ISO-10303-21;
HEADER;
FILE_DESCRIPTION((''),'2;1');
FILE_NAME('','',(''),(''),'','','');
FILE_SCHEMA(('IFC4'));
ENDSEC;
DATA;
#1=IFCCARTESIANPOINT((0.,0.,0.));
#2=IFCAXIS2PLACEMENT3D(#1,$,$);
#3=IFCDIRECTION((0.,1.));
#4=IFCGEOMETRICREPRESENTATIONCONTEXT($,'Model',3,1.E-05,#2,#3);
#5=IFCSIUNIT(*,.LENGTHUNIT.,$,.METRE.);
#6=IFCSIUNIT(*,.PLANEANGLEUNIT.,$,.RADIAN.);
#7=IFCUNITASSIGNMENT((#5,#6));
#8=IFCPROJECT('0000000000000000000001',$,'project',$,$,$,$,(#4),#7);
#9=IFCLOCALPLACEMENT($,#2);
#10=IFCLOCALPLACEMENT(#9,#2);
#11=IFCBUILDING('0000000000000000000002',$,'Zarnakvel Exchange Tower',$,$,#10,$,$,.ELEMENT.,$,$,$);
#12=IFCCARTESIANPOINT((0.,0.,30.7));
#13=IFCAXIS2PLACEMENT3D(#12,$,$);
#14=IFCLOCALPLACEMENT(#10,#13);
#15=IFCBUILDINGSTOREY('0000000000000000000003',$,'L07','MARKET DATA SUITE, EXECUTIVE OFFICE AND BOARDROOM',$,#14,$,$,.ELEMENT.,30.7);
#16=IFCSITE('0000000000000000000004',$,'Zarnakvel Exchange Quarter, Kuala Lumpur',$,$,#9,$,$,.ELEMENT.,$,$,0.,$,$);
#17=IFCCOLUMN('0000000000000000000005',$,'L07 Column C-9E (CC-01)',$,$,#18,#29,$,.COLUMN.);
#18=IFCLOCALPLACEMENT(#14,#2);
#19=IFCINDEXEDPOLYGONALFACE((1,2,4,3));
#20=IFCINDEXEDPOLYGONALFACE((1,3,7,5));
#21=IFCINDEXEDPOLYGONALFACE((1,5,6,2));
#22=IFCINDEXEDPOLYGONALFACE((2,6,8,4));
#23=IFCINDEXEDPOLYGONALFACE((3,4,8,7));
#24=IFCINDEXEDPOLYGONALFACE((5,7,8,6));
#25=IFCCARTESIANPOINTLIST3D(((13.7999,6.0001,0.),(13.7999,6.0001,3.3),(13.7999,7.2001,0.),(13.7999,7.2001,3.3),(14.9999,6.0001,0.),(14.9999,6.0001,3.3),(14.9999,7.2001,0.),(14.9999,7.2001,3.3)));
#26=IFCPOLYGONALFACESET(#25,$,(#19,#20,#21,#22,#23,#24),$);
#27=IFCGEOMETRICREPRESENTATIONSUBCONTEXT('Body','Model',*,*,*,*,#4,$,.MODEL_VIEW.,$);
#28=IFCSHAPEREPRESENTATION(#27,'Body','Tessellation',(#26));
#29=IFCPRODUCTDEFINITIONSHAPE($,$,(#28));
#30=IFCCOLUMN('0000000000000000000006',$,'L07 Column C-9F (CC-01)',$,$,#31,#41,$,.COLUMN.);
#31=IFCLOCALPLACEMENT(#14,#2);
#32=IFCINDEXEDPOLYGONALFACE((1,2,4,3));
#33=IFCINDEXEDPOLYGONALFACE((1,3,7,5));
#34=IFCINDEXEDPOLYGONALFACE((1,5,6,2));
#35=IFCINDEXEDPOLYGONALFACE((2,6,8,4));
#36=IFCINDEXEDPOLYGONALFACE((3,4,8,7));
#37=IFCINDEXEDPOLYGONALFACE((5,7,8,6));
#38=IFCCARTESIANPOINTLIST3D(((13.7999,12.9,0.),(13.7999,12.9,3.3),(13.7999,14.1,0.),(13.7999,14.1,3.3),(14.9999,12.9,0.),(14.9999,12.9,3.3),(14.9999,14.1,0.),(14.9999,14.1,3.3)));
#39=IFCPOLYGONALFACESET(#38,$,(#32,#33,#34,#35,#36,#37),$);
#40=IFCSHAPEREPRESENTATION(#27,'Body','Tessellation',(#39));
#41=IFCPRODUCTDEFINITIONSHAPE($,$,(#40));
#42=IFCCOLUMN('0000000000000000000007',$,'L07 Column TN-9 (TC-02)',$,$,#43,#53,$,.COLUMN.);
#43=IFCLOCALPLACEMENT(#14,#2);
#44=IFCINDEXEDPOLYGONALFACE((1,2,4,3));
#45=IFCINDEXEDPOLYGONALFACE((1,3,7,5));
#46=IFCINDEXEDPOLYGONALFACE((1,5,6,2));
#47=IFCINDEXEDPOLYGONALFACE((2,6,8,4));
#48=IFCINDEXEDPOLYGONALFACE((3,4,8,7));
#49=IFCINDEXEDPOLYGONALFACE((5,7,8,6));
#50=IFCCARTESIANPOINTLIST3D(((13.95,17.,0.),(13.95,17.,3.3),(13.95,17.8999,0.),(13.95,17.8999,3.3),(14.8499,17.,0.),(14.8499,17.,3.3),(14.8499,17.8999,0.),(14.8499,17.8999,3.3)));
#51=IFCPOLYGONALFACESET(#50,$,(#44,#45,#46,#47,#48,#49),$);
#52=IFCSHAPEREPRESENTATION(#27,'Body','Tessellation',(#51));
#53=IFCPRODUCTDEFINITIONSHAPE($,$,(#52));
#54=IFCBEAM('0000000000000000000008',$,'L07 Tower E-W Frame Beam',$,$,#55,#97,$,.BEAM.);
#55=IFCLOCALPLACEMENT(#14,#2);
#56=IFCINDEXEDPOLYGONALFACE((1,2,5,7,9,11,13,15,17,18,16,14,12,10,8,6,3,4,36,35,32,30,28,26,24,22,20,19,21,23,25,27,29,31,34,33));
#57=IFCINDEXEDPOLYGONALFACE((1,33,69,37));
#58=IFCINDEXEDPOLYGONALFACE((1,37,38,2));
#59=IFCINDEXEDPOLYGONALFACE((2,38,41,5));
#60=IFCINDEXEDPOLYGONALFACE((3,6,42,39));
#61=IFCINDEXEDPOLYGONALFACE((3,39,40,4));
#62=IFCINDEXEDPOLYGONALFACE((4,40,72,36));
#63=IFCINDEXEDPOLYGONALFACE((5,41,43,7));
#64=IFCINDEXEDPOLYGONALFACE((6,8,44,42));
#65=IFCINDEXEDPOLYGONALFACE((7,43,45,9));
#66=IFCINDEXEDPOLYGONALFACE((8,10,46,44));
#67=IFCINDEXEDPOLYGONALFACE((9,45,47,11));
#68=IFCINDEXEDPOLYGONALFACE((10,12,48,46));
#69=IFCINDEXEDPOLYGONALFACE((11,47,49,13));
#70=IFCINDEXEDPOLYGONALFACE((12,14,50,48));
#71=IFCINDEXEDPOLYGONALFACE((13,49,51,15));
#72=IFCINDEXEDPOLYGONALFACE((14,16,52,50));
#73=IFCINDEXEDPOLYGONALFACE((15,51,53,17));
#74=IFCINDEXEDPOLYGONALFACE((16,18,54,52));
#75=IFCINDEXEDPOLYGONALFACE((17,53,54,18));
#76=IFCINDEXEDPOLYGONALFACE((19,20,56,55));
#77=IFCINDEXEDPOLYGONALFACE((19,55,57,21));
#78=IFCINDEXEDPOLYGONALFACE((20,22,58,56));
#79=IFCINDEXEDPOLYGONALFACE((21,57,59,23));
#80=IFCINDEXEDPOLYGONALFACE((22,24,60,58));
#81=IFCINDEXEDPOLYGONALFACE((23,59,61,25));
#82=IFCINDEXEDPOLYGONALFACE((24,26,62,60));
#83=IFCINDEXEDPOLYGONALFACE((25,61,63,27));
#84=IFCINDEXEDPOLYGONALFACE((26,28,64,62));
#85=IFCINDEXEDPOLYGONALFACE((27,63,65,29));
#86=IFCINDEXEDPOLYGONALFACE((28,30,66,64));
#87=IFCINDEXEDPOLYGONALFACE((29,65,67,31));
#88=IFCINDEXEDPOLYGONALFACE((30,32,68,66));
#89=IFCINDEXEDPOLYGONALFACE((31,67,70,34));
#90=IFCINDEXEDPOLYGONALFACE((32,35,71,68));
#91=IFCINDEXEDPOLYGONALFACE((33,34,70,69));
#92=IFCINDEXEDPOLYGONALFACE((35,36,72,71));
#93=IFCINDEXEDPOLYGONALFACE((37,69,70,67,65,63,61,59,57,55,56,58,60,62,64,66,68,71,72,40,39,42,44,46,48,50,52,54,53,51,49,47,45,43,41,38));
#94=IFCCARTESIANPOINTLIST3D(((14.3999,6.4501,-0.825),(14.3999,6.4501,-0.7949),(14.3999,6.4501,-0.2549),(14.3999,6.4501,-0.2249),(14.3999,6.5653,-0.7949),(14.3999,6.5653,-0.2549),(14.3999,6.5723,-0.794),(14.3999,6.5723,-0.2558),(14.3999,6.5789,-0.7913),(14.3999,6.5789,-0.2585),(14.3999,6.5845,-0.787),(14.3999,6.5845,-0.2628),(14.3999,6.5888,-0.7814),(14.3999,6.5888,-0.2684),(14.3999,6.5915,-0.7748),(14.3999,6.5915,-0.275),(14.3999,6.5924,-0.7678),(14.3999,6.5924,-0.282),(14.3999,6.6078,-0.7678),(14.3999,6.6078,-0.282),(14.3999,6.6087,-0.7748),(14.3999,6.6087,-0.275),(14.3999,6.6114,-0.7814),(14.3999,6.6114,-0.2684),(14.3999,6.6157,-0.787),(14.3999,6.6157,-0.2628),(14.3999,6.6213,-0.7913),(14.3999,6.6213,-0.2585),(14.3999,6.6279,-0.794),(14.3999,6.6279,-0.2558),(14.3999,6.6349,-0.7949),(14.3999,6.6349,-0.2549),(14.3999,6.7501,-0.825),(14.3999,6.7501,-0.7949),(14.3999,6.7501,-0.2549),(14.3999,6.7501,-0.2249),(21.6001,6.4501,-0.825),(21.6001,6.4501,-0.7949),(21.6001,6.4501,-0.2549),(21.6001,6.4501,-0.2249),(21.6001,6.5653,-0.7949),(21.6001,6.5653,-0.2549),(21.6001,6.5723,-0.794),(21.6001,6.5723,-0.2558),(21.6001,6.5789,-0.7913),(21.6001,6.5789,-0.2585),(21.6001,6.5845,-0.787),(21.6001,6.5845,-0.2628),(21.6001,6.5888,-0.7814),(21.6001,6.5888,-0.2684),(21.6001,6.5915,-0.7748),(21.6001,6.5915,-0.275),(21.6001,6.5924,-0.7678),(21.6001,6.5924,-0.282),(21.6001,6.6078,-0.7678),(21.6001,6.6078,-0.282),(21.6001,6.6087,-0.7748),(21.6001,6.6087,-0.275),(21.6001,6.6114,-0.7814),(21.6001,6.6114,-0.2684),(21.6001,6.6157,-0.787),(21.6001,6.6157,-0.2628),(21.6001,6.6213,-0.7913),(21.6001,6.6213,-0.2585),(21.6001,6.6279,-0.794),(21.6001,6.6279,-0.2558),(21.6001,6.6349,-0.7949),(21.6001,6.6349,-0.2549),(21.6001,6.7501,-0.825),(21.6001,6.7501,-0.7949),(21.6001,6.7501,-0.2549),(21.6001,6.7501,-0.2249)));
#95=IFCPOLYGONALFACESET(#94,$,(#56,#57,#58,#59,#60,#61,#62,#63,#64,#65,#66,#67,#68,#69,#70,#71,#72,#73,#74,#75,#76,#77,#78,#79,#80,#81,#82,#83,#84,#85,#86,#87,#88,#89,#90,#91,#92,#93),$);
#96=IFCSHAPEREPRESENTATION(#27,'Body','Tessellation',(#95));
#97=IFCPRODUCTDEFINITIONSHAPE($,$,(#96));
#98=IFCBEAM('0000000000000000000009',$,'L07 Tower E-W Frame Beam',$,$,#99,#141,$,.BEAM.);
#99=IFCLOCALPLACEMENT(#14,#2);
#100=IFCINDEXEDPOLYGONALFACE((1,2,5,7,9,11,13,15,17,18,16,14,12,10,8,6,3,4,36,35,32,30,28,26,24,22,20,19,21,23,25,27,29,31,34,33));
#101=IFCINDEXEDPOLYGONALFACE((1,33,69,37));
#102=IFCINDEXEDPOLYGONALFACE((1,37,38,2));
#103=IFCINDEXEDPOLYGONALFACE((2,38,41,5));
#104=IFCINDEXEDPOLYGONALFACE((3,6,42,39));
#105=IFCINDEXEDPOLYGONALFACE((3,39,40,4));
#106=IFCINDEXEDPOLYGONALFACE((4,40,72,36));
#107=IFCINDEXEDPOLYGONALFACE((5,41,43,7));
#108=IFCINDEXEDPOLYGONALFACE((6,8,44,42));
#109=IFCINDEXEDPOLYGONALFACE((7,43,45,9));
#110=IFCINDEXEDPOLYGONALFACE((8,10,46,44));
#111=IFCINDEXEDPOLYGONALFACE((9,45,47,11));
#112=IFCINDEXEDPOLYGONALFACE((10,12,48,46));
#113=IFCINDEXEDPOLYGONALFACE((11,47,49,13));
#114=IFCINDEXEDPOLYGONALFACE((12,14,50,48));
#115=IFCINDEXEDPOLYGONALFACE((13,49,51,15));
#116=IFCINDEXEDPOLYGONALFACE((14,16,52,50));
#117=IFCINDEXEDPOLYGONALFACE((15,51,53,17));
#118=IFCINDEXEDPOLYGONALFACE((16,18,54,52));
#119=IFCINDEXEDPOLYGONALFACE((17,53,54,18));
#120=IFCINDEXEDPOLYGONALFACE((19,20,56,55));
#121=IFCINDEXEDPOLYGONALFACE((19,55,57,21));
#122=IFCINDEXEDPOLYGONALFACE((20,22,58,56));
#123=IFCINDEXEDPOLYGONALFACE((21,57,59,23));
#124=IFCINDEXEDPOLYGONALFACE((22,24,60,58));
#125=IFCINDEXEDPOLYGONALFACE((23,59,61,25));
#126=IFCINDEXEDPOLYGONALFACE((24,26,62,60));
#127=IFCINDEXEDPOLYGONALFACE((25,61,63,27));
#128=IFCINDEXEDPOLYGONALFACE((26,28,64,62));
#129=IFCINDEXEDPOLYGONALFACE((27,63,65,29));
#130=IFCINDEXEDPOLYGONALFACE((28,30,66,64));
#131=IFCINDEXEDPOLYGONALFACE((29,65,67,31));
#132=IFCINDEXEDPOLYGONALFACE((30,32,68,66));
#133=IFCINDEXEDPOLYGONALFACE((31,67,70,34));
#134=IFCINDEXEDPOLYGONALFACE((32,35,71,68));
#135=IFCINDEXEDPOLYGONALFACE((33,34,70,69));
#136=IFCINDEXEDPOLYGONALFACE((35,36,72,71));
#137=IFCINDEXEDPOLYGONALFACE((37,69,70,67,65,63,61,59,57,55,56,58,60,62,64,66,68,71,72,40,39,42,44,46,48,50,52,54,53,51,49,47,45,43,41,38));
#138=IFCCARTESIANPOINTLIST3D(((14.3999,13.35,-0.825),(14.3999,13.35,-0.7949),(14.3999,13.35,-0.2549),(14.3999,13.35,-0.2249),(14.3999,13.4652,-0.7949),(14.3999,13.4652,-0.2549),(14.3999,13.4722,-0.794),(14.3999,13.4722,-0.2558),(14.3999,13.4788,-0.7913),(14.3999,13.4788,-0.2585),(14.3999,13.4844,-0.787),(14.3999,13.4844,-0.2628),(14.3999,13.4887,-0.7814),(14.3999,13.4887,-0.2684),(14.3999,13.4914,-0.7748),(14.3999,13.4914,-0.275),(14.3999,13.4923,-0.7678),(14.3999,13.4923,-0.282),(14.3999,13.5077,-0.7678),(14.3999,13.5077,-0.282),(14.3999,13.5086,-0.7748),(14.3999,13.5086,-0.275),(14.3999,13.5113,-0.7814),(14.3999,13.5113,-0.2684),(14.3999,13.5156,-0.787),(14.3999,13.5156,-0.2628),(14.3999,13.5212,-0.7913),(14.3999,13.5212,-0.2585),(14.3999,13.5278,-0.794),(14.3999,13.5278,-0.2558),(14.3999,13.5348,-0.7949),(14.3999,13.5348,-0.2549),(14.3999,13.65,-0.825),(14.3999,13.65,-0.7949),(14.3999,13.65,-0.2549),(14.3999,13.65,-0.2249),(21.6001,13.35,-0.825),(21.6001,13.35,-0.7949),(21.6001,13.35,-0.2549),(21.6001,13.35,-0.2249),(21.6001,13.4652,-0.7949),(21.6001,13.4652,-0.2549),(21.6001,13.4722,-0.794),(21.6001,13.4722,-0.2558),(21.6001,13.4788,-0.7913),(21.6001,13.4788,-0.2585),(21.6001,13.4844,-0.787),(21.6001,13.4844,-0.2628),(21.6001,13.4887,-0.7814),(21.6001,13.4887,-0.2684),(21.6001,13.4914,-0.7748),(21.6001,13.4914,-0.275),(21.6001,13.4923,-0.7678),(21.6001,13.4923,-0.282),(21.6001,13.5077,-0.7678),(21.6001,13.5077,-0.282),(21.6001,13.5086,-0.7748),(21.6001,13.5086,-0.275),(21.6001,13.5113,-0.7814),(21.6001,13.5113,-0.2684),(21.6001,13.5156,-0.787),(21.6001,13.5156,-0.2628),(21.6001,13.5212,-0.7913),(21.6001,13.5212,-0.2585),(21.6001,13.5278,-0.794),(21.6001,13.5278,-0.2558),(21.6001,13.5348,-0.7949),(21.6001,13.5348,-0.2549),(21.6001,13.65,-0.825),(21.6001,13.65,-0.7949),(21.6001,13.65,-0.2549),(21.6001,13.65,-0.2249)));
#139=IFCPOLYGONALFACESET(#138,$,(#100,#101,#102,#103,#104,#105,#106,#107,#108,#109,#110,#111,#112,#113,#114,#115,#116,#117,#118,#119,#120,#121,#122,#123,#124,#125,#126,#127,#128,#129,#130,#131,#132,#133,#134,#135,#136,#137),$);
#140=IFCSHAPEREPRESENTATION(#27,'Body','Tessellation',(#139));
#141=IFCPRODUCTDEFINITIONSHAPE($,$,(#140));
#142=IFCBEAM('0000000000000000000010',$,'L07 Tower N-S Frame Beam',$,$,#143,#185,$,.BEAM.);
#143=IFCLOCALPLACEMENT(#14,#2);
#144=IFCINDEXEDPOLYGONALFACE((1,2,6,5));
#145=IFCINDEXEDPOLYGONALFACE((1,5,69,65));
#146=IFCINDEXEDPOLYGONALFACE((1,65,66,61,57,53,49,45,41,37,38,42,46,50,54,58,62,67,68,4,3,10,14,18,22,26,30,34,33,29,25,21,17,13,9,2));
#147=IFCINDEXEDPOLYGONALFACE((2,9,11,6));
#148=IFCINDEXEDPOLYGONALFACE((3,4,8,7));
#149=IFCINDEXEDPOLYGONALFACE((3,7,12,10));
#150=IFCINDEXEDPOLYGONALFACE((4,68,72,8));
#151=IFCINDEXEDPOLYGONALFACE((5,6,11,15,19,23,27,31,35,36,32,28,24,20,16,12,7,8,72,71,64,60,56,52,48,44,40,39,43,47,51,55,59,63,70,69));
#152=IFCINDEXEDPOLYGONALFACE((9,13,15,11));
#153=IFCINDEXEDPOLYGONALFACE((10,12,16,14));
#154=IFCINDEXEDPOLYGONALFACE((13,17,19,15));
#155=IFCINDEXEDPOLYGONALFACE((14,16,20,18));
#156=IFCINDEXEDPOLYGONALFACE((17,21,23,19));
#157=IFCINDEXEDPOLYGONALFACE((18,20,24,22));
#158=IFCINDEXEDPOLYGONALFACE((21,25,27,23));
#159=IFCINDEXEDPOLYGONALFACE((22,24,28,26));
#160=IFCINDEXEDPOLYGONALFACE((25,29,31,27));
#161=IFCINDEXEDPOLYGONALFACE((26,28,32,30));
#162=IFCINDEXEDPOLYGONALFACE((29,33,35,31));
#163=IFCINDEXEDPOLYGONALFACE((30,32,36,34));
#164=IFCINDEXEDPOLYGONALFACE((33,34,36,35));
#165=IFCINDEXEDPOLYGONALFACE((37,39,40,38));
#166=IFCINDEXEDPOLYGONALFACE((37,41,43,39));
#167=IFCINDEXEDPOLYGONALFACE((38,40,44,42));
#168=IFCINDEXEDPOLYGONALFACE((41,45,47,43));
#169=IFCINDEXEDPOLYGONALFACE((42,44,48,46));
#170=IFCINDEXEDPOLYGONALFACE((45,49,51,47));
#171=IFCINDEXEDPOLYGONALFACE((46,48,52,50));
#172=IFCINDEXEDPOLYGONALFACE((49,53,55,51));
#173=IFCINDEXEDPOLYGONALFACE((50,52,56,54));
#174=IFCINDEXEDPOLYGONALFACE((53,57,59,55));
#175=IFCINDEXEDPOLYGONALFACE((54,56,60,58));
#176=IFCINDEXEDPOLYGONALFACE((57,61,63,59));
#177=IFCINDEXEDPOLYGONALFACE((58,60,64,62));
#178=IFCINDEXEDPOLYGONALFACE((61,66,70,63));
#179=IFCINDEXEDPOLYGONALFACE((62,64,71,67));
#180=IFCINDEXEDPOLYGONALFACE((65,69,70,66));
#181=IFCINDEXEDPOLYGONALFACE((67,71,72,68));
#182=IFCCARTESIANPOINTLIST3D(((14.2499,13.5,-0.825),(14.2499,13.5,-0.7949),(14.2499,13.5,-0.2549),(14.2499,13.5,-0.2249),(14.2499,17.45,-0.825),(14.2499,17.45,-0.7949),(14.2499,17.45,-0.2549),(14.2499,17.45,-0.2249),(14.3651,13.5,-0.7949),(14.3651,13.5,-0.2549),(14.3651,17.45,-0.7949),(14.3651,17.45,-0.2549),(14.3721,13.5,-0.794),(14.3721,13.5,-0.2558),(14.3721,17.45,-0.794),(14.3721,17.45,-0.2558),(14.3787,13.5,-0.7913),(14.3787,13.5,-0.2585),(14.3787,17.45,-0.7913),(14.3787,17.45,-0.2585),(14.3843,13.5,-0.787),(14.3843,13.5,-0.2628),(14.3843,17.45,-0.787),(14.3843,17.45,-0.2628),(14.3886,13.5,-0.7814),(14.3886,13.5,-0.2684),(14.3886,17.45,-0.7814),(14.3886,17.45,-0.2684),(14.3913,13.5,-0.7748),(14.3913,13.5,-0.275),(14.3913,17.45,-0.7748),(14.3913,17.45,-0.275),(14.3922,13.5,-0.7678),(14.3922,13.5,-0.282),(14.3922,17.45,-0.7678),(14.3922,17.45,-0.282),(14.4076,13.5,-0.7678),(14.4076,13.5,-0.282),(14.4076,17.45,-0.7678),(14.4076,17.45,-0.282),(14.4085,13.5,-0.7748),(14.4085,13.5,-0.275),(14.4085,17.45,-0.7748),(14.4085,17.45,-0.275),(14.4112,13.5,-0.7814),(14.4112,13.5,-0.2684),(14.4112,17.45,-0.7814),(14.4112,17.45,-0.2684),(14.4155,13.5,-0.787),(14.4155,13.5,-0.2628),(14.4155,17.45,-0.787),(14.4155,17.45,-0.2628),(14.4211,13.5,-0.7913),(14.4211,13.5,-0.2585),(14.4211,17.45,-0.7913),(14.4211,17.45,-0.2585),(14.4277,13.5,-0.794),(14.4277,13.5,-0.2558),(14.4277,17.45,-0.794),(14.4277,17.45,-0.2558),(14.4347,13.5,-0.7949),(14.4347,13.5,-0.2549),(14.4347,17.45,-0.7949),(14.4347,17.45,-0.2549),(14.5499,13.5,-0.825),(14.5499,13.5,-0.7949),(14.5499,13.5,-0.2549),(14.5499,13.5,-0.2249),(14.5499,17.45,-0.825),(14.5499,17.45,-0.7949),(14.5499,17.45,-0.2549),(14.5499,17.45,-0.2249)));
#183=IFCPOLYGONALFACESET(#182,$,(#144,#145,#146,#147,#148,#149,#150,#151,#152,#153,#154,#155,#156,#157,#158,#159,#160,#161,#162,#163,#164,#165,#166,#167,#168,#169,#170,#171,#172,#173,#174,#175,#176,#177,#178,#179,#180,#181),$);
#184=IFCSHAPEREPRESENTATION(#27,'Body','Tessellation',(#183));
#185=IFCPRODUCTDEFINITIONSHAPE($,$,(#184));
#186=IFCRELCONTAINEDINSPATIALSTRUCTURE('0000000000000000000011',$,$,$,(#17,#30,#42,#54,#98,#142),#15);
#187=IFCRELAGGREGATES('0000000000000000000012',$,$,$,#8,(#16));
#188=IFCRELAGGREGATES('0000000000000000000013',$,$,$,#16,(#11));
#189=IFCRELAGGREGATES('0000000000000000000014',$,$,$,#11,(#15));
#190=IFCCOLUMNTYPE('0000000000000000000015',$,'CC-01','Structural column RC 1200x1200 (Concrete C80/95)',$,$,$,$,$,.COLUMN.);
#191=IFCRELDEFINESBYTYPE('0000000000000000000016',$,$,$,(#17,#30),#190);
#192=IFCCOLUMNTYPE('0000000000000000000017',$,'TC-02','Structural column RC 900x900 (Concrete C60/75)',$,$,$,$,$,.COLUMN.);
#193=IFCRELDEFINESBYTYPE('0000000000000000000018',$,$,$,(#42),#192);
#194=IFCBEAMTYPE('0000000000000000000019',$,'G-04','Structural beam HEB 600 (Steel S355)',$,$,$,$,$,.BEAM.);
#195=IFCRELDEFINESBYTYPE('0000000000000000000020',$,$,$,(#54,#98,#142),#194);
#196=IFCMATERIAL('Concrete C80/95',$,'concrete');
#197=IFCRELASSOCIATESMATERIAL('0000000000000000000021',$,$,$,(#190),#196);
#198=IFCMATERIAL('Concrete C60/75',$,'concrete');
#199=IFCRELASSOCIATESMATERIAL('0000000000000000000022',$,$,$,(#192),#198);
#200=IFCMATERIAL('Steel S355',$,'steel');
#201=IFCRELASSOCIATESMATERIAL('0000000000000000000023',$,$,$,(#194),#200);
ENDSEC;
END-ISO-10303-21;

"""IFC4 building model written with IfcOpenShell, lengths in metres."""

from ifc_helpers import new_model, si_unit, direction, frame, origin, origin_2d, place, context, subcontext, project, spatial, rectangle, i_section, extrude, material, material_profile, profile_set, type_object, element, save


model = new_model("IFC4")

# Units and contexts
model_context = context("Model", 3, precision=1e-05, world=origin(), true_north=direction((0.0, 1.0)))
body_context = subcontext(model_context, "Body", "Model", "MODEL_VIEW")
ifc_project = project(units=[si_unit("LENGTHUNIT", "METRE"), si_unit("PLANEANGLEUNIT", "RADIAN")], contexts=[model_context])

# Site, building, storey
site_placement = place(None, origin())
site = spatial("IfcSite", under=ifc_project, at=site_placement, Name="Zarnakvel Exchange Quarter, Kuala Lumpur", CompositionType="ELEMENT", RefElevation=0.0)
building_placement = place(site_placement, origin())
building = spatial("IfcBuilding", under=site, at=building_placement, Name="Zarnakvel Exchange Tower", CompositionType="ELEMENT")
storey_placement = place(building_placement, frame((0.0, 0.0, 30.7)))
storey = spatial("IfcBuildingStorey", under=building, at=storey_placement, Name="L07", Description="MARKET DATA SUITE, EXECUTIVE OFFICE AND BOARDROOM", CompositionType="ELEMENT", Elevation=30.7)

# Columns
ifc_material_1 = material(Name="Concrete C80/95", Category="concrete")
ifc_material_profile_1 = material_profile(ifc_material_1, rectangle(XDim=1.2, YDim=1.2, at=origin_2d()))
ifc_profile_set_1 = profile_set([ifc_material_profile_1], Name="Concrete C80/95")
column_type_1 = type_object("IfcColumnType", Name="CC-01", Description="Structural column RC 1200x1200 (Concrete C80/95)", PredefinedType="COLUMN", material=ifc_profile_set_1)
for number, where, z_axis, x_axis, name in (
    (1, (14.3999, 6.6001, 0.0), (0.0, 0.0, 1.0), (1.0, 0.0, 0.0), "L07 Column C-9E (CC-01)"),
    (2, (14.3999, 13.5, 0.0), (0.0, 0.0, 1.0), (1.0, 0.0, 0.0), "L07 Column C-9F (CC-01)"),
):
    element("IfcColumn", number, at=place(storey_placement, frame(where, z_axis=z_axis, x_axis=x_axis)), inside=storey, type_object=column_type_1, Name=name, PredefinedType="COLUMN", context=body_context, shape_type="SweptSolid", body=[
        extrude(rectangle(XDim=1.2, YDim=1.2, at=origin_2d()), origin(), (0.0, 0.0, 1.0), 3.3),
    ])
ifc_material_2 = material(Name="Concrete C60/75", Category="concrete")
ifc_material_profile_2 = material_profile(ifc_material_2, rectangle(XDim=0.8999, YDim=0.8999, at=origin_2d()))
ifc_profile_set_2 = profile_set([ifc_material_profile_2], Name="Concrete C60/75")
column_type_2 = type_object("IfcColumnType", Name="TC-02", Description="Structural column RC 900x900 (Concrete C60/75)", PredefinedType="COLUMN", material=ifc_profile_set_2)
column_placement = place(storey_placement, frame((14.3999, 17.45, 0.0), z_axis=(0.0, 0.0, 1.0), x_axis=(1.0, 0.0, 0.0)))
element("IfcColumn", 3, at=column_placement, inside=storey, type_object=column_type_2, Name="L07 Column TN-9 (TC-02)", PredefinedType="COLUMN", context=body_context, shape_type="SweptSolid", body=[
    extrude(rectangle(XDim=0.8999, YDim=0.8999, at=origin_2d()), origin(), (0.0, 0.0, 1.0), 3.3),
])

# Beams
ifc_material_3 = material(Name="Steel S355", Category="steel")
ifc_material_profile_3 = material_profile(ifc_material_3, i_section(OverallWidth=0.3, OverallDepth=0.6001, WebThickness=0.0154, FlangeThickness=0.03, FilletRadius=0.0271, at=origin_2d()))
ifc_profile_set_3 = profile_set([ifc_material_profile_3], Name="Steel S355")
beam_type_1 = type_object("IfcBeamType", Name="G-04", Description="Structural beam HEB 600 (Steel S355)", PredefinedType="BEAM", material=ifc_profile_set_3)
for number, where, z_axis, x_axis, name in (
    (4, (14.3999, 6.6001, -0.5249), (1.0, 0.0, 0.0), (0.0, 1.0, 0.0), "L07 Tower E-W Frame Beam"),
    (5, (14.3999, 13.5, -0.5249), (1.0, 0.0, 0.0), (0.0, 1.0, 0.0), "L07 Tower E-W Frame Beam"),
):
    element("IfcBeam", number, at=place(storey_placement, frame(where, z_axis=z_axis, x_axis=x_axis)), inside=storey, type_object=beam_type_1, Name=name, PredefinedType="BEAM", context=body_context, shape_type="SweptSolid", body=[
        extrude(i_section(OverallWidth=0.3, OverallDepth=0.6001, WebThickness=0.0154, FlangeThickness=0.03, FilletRadius=0.0271, at=origin_2d()), origin(), (0.0, 0.0, 1.0), 7.2002),
    ])
beam_1_placement = place(storey_placement, frame((14.3999, 13.5, -0.5249), z_axis=(0.0, 1.0, 0.0), x_axis=(-1.0, 0.0, 0.0)))
element("IfcBeam", 6, at=beam_1_placement, inside=storey, type_object=beam_type_1, Name="L07 Tower N-S Frame Beam", PredefinedType="BEAM", context=body_context, shape_type="SweptSolid", body=[
    extrude(i_section(OverallWidth=0.3, OverallDepth=0.6001, WebThickness=0.0154, FlangeThickness=0.03, FilletRadius=0.0271, at=origin_2d()), origin(), (0.0, 0.0, 1.0), 3.95),
])

save(model, "model.ifc")
